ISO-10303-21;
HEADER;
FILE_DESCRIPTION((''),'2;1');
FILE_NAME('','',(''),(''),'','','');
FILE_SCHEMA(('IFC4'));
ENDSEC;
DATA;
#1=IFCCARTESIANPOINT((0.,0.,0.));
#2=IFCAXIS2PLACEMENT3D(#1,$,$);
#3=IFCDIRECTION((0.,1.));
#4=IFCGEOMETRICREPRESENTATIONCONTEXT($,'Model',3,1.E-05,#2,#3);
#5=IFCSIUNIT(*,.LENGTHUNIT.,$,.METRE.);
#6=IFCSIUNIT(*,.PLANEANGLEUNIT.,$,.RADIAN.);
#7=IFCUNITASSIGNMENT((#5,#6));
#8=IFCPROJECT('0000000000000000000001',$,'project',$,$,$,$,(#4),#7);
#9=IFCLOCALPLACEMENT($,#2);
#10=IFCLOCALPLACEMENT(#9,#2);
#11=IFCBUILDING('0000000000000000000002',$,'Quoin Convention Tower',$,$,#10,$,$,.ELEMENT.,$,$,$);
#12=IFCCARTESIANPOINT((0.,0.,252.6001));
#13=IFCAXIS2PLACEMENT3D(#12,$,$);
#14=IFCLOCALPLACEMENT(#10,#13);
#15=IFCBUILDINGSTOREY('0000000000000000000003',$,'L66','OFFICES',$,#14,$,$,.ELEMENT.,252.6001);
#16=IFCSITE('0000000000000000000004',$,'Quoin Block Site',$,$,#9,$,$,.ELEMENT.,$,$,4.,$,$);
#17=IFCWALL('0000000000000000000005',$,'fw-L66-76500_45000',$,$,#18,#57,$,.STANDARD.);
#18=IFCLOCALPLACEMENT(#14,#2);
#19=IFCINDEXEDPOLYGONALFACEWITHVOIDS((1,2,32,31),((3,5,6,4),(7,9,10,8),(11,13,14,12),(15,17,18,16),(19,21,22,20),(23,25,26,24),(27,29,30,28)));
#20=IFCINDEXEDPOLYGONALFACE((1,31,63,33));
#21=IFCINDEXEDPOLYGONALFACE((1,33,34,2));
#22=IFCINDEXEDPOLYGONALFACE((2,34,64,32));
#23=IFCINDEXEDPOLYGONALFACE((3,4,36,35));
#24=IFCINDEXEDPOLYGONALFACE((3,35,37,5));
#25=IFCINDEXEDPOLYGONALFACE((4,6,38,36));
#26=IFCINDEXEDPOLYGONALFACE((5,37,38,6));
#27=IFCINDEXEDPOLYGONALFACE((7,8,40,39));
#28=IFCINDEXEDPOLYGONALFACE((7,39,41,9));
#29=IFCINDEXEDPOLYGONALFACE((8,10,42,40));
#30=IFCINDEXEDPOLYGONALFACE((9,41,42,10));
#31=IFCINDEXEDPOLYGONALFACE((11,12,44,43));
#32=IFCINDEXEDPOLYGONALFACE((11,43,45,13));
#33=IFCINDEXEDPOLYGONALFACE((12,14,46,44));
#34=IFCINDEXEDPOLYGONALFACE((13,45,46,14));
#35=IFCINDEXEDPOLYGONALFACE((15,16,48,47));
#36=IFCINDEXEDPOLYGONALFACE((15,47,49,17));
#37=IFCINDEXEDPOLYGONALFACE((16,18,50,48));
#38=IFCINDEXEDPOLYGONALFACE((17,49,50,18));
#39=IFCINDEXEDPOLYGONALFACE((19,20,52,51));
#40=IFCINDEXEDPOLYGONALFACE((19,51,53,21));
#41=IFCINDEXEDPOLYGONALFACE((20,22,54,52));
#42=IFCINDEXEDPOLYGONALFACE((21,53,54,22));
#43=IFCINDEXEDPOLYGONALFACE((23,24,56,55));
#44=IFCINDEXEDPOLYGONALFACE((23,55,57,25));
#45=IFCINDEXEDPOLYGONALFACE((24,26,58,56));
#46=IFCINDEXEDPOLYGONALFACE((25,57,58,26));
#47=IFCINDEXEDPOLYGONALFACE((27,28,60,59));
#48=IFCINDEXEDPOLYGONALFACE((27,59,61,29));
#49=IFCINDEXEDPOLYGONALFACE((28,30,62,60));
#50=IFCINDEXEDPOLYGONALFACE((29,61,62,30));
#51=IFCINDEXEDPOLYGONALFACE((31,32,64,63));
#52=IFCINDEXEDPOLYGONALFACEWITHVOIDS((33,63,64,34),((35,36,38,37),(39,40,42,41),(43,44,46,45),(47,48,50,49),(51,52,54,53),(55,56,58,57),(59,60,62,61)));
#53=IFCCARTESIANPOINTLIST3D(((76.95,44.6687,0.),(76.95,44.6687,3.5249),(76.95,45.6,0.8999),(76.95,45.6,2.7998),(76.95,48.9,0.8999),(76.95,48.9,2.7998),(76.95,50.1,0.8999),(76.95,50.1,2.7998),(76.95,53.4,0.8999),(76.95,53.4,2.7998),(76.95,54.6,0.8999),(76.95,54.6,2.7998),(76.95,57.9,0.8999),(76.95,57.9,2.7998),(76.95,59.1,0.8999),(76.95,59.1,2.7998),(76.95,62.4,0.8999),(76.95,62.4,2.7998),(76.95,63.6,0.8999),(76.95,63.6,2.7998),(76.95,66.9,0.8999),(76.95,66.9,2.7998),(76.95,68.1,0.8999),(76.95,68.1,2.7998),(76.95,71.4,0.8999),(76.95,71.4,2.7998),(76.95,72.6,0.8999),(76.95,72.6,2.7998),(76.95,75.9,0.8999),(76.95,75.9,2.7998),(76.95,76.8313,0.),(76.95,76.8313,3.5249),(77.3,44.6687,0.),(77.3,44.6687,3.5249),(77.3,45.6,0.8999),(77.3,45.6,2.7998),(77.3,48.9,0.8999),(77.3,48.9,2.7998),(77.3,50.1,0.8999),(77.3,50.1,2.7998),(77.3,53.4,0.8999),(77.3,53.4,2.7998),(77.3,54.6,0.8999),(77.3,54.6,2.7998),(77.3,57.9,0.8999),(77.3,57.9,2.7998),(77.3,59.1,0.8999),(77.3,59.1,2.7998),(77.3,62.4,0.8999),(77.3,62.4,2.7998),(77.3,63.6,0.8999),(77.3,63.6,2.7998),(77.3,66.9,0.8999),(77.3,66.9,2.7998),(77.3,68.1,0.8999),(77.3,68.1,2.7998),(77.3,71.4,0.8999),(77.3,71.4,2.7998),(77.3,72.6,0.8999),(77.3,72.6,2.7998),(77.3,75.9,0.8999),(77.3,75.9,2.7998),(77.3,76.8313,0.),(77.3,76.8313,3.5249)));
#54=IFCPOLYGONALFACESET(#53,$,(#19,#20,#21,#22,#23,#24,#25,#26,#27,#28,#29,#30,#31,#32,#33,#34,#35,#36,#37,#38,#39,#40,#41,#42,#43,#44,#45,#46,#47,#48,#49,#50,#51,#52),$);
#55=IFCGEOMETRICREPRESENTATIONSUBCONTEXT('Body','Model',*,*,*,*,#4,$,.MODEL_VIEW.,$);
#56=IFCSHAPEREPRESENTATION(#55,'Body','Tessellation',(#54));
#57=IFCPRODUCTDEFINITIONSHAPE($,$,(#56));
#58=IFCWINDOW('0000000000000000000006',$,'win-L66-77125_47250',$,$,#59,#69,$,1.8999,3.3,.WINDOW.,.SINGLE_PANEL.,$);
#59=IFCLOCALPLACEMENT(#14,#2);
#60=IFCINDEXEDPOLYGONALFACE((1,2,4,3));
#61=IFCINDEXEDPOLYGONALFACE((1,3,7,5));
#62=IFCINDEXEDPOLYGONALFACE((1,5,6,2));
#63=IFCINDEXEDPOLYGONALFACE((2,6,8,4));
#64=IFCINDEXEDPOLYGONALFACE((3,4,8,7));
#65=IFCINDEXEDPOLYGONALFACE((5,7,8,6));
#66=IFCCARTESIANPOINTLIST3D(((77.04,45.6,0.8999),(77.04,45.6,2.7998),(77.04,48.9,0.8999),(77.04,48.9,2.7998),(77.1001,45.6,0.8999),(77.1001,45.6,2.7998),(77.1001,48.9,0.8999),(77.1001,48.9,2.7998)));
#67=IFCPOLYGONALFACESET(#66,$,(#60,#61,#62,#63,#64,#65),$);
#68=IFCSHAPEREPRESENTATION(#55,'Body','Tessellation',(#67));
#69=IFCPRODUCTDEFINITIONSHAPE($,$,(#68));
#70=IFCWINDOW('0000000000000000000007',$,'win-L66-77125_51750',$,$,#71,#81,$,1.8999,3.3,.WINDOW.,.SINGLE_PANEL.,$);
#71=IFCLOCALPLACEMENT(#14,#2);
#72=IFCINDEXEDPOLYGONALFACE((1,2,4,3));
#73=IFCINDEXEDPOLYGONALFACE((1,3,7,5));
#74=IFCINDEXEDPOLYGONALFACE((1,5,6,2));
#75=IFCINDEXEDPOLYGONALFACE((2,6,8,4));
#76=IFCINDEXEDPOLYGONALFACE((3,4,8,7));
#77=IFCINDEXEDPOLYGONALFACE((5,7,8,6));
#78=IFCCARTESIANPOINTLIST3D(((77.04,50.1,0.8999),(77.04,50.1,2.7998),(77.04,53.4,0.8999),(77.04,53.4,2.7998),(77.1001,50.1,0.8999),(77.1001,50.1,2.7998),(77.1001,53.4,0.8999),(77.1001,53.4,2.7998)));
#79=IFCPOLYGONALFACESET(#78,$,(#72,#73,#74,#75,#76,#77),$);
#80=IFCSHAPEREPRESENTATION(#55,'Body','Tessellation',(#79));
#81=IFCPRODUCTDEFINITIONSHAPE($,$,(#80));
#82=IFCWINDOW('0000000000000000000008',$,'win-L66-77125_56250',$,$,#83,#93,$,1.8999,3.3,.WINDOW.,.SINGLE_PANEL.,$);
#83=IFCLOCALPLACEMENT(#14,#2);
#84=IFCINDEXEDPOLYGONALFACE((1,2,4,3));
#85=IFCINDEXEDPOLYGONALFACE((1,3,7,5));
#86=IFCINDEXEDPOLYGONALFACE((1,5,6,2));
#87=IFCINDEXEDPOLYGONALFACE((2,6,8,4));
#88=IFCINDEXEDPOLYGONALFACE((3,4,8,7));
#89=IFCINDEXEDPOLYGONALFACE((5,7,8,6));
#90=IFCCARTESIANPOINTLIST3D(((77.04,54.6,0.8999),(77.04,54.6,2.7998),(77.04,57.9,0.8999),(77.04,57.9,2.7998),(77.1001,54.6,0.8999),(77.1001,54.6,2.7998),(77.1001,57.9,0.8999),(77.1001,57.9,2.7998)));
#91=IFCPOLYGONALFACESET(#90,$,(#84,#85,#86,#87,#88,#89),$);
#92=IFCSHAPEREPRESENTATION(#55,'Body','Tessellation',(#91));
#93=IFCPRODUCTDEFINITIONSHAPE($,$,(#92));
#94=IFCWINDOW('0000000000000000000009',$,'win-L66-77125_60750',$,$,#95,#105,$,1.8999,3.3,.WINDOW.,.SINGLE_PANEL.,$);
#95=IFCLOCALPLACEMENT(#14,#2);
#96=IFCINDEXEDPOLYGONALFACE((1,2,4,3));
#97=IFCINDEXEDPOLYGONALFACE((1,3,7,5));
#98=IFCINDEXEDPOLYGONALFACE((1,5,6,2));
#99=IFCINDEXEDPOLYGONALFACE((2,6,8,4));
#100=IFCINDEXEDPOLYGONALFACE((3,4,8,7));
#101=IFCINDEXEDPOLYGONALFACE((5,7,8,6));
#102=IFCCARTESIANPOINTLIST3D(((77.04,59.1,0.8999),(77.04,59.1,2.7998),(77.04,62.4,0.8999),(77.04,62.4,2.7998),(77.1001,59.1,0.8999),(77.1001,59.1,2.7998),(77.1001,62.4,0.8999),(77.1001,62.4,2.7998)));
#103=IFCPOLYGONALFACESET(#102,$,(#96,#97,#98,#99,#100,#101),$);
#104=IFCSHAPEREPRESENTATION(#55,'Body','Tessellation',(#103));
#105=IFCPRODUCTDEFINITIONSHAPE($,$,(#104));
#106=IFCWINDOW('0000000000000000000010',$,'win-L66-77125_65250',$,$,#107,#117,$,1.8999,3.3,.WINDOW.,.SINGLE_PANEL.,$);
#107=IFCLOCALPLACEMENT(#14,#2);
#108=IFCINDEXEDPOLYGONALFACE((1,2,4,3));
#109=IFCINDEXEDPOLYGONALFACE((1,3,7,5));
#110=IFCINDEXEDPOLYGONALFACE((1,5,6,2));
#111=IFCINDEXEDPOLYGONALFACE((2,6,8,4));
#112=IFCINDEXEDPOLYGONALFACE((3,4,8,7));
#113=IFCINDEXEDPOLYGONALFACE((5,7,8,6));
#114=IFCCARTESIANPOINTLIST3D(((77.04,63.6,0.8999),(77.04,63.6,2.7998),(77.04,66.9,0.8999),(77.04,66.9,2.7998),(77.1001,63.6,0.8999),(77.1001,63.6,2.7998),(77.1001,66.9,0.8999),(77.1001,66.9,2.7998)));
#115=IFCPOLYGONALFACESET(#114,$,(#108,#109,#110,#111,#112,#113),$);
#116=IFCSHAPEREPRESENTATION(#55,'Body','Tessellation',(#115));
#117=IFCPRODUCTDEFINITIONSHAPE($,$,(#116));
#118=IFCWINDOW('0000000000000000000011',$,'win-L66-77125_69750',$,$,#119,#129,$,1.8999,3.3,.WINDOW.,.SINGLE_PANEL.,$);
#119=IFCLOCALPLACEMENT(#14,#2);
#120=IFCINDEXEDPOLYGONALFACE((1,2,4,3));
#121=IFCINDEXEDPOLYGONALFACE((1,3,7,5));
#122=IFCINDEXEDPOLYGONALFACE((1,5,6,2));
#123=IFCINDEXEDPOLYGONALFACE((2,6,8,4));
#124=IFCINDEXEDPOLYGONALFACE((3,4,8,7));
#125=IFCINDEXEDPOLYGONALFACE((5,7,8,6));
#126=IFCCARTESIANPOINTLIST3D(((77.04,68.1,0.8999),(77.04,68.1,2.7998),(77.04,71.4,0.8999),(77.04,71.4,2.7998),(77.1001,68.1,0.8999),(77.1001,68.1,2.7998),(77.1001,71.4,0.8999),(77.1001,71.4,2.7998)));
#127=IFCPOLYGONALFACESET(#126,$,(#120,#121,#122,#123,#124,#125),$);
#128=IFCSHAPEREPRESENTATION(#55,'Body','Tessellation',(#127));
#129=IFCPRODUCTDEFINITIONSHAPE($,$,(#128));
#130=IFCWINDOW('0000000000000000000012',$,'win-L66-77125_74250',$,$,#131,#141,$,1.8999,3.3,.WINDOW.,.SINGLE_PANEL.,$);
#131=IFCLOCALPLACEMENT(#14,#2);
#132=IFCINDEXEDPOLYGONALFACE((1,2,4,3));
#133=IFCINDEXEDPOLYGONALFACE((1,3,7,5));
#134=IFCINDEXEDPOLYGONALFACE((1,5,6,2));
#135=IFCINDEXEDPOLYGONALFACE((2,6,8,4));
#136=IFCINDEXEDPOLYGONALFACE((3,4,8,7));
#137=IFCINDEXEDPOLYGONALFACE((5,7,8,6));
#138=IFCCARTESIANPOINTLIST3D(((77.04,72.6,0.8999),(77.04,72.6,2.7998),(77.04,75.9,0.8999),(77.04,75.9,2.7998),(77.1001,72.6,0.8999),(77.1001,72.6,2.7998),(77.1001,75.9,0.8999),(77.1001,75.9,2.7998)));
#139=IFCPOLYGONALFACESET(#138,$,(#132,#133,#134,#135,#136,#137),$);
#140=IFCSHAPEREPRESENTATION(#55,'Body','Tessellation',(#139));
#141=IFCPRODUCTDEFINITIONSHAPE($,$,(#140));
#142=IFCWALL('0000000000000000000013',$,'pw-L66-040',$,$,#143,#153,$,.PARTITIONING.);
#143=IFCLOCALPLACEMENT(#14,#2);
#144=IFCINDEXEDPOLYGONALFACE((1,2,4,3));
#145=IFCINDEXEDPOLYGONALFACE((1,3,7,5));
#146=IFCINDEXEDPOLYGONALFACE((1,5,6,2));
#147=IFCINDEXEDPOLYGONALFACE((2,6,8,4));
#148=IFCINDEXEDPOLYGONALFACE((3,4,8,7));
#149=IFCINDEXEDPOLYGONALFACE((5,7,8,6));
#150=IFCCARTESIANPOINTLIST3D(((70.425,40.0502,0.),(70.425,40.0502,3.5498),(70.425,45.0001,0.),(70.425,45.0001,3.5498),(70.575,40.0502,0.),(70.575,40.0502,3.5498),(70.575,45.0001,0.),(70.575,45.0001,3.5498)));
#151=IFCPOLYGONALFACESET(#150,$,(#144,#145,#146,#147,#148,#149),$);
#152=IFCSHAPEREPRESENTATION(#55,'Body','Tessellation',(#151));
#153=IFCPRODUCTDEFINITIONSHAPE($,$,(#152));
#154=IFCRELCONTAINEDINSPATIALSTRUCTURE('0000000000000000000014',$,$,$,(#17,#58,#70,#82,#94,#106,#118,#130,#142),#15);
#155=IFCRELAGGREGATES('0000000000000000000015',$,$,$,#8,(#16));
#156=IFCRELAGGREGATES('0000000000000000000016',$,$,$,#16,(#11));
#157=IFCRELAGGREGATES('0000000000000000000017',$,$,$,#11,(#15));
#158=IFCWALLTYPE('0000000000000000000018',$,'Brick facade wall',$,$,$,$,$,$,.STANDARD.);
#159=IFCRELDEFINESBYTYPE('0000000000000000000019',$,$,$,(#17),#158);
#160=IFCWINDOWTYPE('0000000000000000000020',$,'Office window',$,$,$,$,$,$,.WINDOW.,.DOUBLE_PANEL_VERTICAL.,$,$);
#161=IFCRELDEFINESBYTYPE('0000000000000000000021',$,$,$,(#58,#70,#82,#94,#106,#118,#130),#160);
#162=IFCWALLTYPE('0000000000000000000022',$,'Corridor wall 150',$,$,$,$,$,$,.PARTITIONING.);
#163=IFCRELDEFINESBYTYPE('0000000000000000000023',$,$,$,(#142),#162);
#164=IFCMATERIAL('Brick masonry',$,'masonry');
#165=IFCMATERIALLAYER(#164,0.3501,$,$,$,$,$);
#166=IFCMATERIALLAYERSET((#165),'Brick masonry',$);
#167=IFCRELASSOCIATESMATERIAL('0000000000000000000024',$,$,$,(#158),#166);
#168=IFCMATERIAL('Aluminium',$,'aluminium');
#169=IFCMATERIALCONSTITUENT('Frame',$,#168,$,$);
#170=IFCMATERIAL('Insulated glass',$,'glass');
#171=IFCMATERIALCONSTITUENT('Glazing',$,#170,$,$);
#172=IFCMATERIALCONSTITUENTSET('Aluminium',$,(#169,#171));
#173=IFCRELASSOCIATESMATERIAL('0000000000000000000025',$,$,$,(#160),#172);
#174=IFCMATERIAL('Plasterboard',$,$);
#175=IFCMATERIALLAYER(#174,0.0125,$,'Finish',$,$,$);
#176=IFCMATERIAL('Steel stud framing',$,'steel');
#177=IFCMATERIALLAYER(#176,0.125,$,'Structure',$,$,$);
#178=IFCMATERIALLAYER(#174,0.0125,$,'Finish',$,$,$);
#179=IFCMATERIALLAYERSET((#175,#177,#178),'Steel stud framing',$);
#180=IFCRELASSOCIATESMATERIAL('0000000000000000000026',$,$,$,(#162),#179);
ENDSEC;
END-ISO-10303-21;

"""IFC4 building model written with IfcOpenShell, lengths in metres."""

from ifc_helpers import new_model, si_unit, direction, frame, frame_2d, origin, place, context, subcontext, project, spatial, rectangle, extrude, material, layer, layer_set, constituent, constituent_set, type_object, element, fill, save


model = new_model("IFC4")

# Units and contexts
model_context = context("Model", 3, precision=1e-05, world=origin(), true_north=direction((0.0, 1.0)))
body_context = subcontext(model_context, "Body", "Model", "MODEL_VIEW")
ifc_project = project(units=[si_unit("LENGTHUNIT", "METRE"), si_unit("PLANEANGLEUNIT", "RADIAN")], contexts=[model_context])

# Site, building, storey
site_placement = place(None, origin())
site = spatial("IfcSite", under=ifc_project, at=site_placement, Name="Quoin Block Site", CompositionType="ELEMENT", RefElevation=4.0)
building_placement = place(site_placement, origin())
building = spatial("IfcBuilding", under=site, at=building_placement, Name="Quoin Convention Tower", CompositionType="ELEMENT")
storey_placement = place(building_placement, frame((0.0, 0.0, 252.6001)))
storey = spatial("IfcBuildingStorey", under=building, at=storey_placement, Name="L66", Description="OFFICES", CompositionType="ELEMENT", Elevation=252.6001)

# Shared definitions
ifc_material_1 = material(Name="Brick masonry", Category="masonry")
ifc_layer_1 = layer(ifc_material_1, 0.3501)
ifc_layer_set_1 = layer_set([ifc_layer_1], Name="Brick masonry")
wall_type_1 = type_object("IfcWallType", Name="Brick facade wall", PredefinedType="STANDARD", material=ifc_layer_set_1)
ifc_material_2 = material(Name="Aluminium", Category="aluminium")
ifc_constituent_1 = constituent(ifc_material_2, Name="Frame")
ifc_material_3 = material(Name="Insulated glass", Category="glass")
ifc_constituent_2 = constituent(ifc_material_3, Name="Glazing")
ifc_constituent_set = constituent_set(constituents=[ifc_constituent_1, ifc_constituent_2], Name="Aluminium")
window_type = type_object("IfcWindowType", Name="Office window", PartitioningType="DOUBLE_PANEL_VERTICAL", PredefinedType="WINDOW", material=ifc_constituent_set)

# Wall, openings, windows
wall_1_placement = place(storey_placement, frame((77.125, 44.6687, 0.0), z_axis=(0.0, 0.0, 1.0), x_axis=(0.0, 1.0, 0.0)))
wall_1 = element("IfcWall", 1, at=wall_1_placement, inside=storey, type_object=wall_type_1, Name="fw-L66-76500_45000", PredefinedType="STANDARD", context=body_context, shape_type="SweptSolid", body=[
    extrude(rectangle(XDim=32.1626, YDim=0.3501, at=frame_2d((16.0813, 0.0))), origin(), (0.0, 0.0, 1.0), 3.5249),
])
opening_1_placement = place(wall_1_placement, frame((0.9314, 0.0, 0.8999)))
opening_1 = element("IfcOpeningElement", 2, at=opening_1_placement, cuts=wall_1, PredefinedType="OPENING", context=body_context, shape_type="SweptSolid", body=[
    extrude(rectangle(XDim=3.3, YDim=1.8999, at=frame_2d((1.6499, 0.95))), frame((0.0, 0.1851, 0.0), z_axis=(0.0, -1.0, 0.0), x_axis=(1.0, 0.0, 0.0)), (0.0, 0.0, 1.0), 0.3701),
])
opening_2_placement = place(wall_1_placement, frame((5.4314, 0.0, 0.8999)))
opening_2 = element("IfcOpeningElement", 3, at=opening_2_placement, cuts=wall_1, PredefinedType="OPENING", context=body_context, shape_type="SweptSolid", body=[
    extrude(rectangle(XDim=3.3, YDim=1.8999, at=frame_2d((1.6499, 0.95))), frame((0.0, 0.1851, 0.0), z_axis=(0.0, -1.0, 0.0), x_axis=(1.0, 0.0, 0.0)), (0.0, 0.0, 1.0), 0.3701),
])
opening_3_placement = place(wall_1_placement, frame((9.9314, 0.0, 0.8999)))
opening_3 = element("IfcOpeningElement", 4, at=opening_3_placement, cuts=wall_1, PredefinedType="OPENING", context=body_context, shape_type="SweptSolid", body=[
    extrude(rectangle(XDim=3.3, YDim=1.8999, at=frame_2d((1.6499, 0.95))), frame((0.0, 0.1851, 0.0), z_axis=(0.0, -1.0, 0.0), x_axis=(1.0, 0.0, 0.0)), (0.0, 0.0, 1.0), 0.3701),
])
opening_4_placement = place(wall_1_placement, frame((14.4314, 0.0, 0.8999)))
opening_4 = element("IfcOpeningElement", 5, at=opening_4_placement, cuts=wall_1, PredefinedType="OPENING", context=body_context, shape_type="SweptSolid", body=[
    extrude(rectangle(XDim=3.3, YDim=1.8999, at=frame_2d((1.6499, 0.95))), frame((0.0, 0.1851, 0.0), z_axis=(0.0, -1.0, 0.0), x_axis=(1.0, 0.0, 0.0)), (0.0, 0.0, 1.0), 0.3701),
])
opening_5_placement = place(wall_1_placement, frame((18.9314, 0.0, 0.8999)))
opening_5 = element("IfcOpeningElement", 6, at=opening_5_placement, cuts=wall_1, PredefinedType="OPENING", context=body_context, shape_type="SweptSolid", body=[
    extrude(rectangle(XDim=3.3, YDim=1.8999, at=frame_2d((1.6499, 0.95))), frame((0.0, 0.1851, 0.0), z_axis=(0.0, -1.0, 0.0), x_axis=(1.0, 0.0, 0.0)), (0.0, 0.0, 1.0), 0.3701),
])
opening_6_placement = place(wall_1_placement, frame((23.4314, 0.0, 0.8999)))
opening_6 = element("IfcOpeningElement", 7, at=opening_6_placement, cuts=wall_1, PredefinedType="OPENING", context=body_context, shape_type="SweptSolid", body=[
    extrude(rectangle(XDim=3.3, YDim=1.8999, at=frame_2d((1.6499, 0.95))), frame((0.0, 0.1851, 0.0), z_axis=(0.0, -1.0, 0.0), x_axis=(1.0, 0.0, 0.0)), (0.0, 0.0, 1.0), 0.3701),
])
opening_7_placement = place(wall_1_placement, frame((27.9314, 0.0, 0.8999)))
opening_7 = element("IfcOpeningElement", 8, at=opening_7_placement, cuts=wall_1, PredefinedType="OPENING", context=body_context, shape_type="SweptSolid", body=[
    extrude(rectangle(XDim=3.3, YDim=1.8999, at=frame_2d((1.6499, 0.95))), frame((0.0, 0.1851, 0.0), z_axis=(0.0, -1.0, 0.0), x_axis=(1.0, 0.0, 0.0)), (0.0, 0.0, 1.0), 0.3701),
])
window_1_placement = place(opening_1_placement, origin())
window_1 = element("IfcWindow", 9, at=window_1_placement, inside=storey, type_object=window_type, Name="win-L66-77125_47250", OverallHeight=1.8999, OverallWidth=3.3, PartitioningType="SINGLE_PANEL", PredefinedType="WINDOW", context=body_context, shape_type="SweptSolid", body=[
    extrude(rectangle(XDim=3.3, YDim=1.8999, at=frame_2d((1.6499, 0.95))), frame((0.0, 0.085, 0.0), z_axis=(0.0, -1.0, 0.0), x_axis=(1.0, 0.0, 0.0)), (0.0, 0.0, 1.0), 0.0601),
])
fill(opening_1, window_1)
window_2_placement = place(opening_2_placement, origin())
window_2 = element("IfcWindow", 10, at=window_2_placement, inside=storey, type_object=window_type, Name="win-L66-77125_51750", OverallHeight=1.8999, OverallWidth=3.3, PartitioningType="SINGLE_PANEL", PredefinedType="WINDOW", context=body_context, shape_type="SweptSolid", body=[
    extrude(rectangle(XDim=3.3, YDim=1.8999, at=frame_2d((1.6499, 0.95))), frame((0.0, 0.085, 0.0), z_axis=(0.0, -1.0, 0.0), x_axis=(1.0, 0.0, 0.0)), (0.0, 0.0, 1.0), 0.0601),
])
fill(opening_2, window_2)
window_3_placement = place(opening_3_placement, origin())
window_3 = element("IfcWindow", 11, at=window_3_placement, inside=storey, type_object=window_type, Name="win-L66-77125_56250", OverallHeight=1.8999, OverallWidth=3.3, PartitioningType="SINGLE_PANEL", PredefinedType="WINDOW", context=body_context, shape_type="SweptSolid", body=[
    extrude(rectangle(XDim=3.3, YDim=1.8999, at=frame_2d((1.6499, 0.95))), frame((0.0, 0.085, 0.0), z_axis=(0.0, -1.0, 0.0), x_axis=(1.0, 0.0, 0.0)), (0.0, 0.0, 1.0), 0.0601),
])
fill(opening_3, window_3)
window_4_placement = place(opening_4_placement, origin())
window_4 = element("IfcWindow", 12, at=window_4_placement, inside=storey, type_object=window_type, Name="win-L66-77125_60750", OverallHeight=1.8999, OverallWidth=3.3, PartitioningType="SINGLE_PANEL", PredefinedType="WINDOW", context=body_context, shape_type="SweptSolid", body=[
    extrude(rectangle(XDim=3.3, YDim=1.8999, at=frame_2d((1.6499, 0.95))), frame((0.0, 0.085, 0.0), z_axis=(0.0, -1.0, 0.0), x_axis=(1.0, 0.0, 0.0)), (0.0, 0.0, 1.0), 0.0601),
])
fill(opening_4, window_4)
window_5_placement = place(opening_5_placement, origin())
window_5 = element("IfcWindow", 13, at=window_5_placement, inside=storey, type_object=window_type, Name="win-L66-77125_65250", OverallHeight=1.8999, OverallWidth=3.3, PartitioningType="SINGLE_PANEL", PredefinedType="WINDOW", context=body_context, shape_type="SweptSolid", body=[
    extrude(rectangle(XDim=3.3, YDim=1.8999, at=frame_2d((1.6499, 0.95))), frame((0.0, 0.085, 0.0), z_axis=(0.0, -1.0, 0.0), x_axis=(1.0, 0.0, 0.0)), (0.0, 0.0, 1.0), 0.0601),
])
fill(opening_5, window_5)
window_6_placement = place(opening_6_placement, origin())
window_6 = element("IfcWindow", 14, at=window_6_placement, inside=storey, type_object=window_type, Name="win-L66-77125_69750", OverallHeight=1.8999, OverallWidth=3.3, PartitioningType="SINGLE_PANEL", PredefinedType="WINDOW", context=body_context, shape_type="SweptSolid", body=[
    extrude(rectangle(XDim=3.3, YDim=1.8999, at=frame_2d((1.6499, 0.95))), frame((0.0, 0.085, 0.0), z_axis=(0.0, -1.0, 0.0), x_axis=(1.0, 0.0, 0.0)), (0.0, 0.0, 1.0), 0.0601),
])
fill(opening_6, window_6)
window_7_placement = place(opening_7_placement, origin())
window_7 = element("IfcWindow", 15, at=window_7_placement, inside=storey, type_object=window_type, Name="win-L66-77125_74250", OverallHeight=1.8999, OverallWidth=3.3, PartitioningType="SINGLE_PANEL", PredefinedType="WINDOW", context=body_context, shape_type="SweptSolid", body=[
    extrude(rectangle(XDim=3.3, YDim=1.8999, at=frame_2d((1.6499, 0.95))), frame((0.0, 0.085, 0.0), z_axis=(0.0, -1.0, 0.0), x_axis=(1.0, 0.0, 0.0)), (0.0, 0.0, 1.0), 0.0601),
])
fill(opening_7, window_7)

# Wall
ifc_material_4 = material(Name="Plasterboard")
ifc_layer_2 = layer(ifc_material_4, 0.0125, Name="Finish")
ifc_material_5 = material(Name="Steel stud framing", Category="steel")
ifc_layer_3 = layer(ifc_material_5, 0.125, Name="Structure")
ifc_layer_4 = layer(ifc_material_4, 0.0125, Name="Finish")
ifc_layer_set_2 = layer_set([ifc_layer_2, ifc_layer_3, ifc_layer_4], Name="Steel stud framing")
wall_type_2 = type_object("IfcWallType", Name="Corridor wall 150", PredefinedType="PARTITIONING", material=ifc_layer_set_2)
wall_2_placement = place(storey_placement, frame((70.5, 40.05, 0.0), z_axis=(0.0, 0.0, 1.0), x_axis=(0.0, 1.0, 0.0)))
element("IfcWall", 16, at=wall_2_placement, inside=storey, type_object=wall_type_2, Name="pw-L66-040", PredefinedType="PARTITIONING", context=body_context, shape_type="SweptSolid", body=[
    extrude(rectangle(XDim=4.95, YDim=0.1499, at=frame_2d((2.4751, 0.0))), origin(), (0.0, 0.0, 1.0), 3.5498),
])

save(model, "model.ifc")
